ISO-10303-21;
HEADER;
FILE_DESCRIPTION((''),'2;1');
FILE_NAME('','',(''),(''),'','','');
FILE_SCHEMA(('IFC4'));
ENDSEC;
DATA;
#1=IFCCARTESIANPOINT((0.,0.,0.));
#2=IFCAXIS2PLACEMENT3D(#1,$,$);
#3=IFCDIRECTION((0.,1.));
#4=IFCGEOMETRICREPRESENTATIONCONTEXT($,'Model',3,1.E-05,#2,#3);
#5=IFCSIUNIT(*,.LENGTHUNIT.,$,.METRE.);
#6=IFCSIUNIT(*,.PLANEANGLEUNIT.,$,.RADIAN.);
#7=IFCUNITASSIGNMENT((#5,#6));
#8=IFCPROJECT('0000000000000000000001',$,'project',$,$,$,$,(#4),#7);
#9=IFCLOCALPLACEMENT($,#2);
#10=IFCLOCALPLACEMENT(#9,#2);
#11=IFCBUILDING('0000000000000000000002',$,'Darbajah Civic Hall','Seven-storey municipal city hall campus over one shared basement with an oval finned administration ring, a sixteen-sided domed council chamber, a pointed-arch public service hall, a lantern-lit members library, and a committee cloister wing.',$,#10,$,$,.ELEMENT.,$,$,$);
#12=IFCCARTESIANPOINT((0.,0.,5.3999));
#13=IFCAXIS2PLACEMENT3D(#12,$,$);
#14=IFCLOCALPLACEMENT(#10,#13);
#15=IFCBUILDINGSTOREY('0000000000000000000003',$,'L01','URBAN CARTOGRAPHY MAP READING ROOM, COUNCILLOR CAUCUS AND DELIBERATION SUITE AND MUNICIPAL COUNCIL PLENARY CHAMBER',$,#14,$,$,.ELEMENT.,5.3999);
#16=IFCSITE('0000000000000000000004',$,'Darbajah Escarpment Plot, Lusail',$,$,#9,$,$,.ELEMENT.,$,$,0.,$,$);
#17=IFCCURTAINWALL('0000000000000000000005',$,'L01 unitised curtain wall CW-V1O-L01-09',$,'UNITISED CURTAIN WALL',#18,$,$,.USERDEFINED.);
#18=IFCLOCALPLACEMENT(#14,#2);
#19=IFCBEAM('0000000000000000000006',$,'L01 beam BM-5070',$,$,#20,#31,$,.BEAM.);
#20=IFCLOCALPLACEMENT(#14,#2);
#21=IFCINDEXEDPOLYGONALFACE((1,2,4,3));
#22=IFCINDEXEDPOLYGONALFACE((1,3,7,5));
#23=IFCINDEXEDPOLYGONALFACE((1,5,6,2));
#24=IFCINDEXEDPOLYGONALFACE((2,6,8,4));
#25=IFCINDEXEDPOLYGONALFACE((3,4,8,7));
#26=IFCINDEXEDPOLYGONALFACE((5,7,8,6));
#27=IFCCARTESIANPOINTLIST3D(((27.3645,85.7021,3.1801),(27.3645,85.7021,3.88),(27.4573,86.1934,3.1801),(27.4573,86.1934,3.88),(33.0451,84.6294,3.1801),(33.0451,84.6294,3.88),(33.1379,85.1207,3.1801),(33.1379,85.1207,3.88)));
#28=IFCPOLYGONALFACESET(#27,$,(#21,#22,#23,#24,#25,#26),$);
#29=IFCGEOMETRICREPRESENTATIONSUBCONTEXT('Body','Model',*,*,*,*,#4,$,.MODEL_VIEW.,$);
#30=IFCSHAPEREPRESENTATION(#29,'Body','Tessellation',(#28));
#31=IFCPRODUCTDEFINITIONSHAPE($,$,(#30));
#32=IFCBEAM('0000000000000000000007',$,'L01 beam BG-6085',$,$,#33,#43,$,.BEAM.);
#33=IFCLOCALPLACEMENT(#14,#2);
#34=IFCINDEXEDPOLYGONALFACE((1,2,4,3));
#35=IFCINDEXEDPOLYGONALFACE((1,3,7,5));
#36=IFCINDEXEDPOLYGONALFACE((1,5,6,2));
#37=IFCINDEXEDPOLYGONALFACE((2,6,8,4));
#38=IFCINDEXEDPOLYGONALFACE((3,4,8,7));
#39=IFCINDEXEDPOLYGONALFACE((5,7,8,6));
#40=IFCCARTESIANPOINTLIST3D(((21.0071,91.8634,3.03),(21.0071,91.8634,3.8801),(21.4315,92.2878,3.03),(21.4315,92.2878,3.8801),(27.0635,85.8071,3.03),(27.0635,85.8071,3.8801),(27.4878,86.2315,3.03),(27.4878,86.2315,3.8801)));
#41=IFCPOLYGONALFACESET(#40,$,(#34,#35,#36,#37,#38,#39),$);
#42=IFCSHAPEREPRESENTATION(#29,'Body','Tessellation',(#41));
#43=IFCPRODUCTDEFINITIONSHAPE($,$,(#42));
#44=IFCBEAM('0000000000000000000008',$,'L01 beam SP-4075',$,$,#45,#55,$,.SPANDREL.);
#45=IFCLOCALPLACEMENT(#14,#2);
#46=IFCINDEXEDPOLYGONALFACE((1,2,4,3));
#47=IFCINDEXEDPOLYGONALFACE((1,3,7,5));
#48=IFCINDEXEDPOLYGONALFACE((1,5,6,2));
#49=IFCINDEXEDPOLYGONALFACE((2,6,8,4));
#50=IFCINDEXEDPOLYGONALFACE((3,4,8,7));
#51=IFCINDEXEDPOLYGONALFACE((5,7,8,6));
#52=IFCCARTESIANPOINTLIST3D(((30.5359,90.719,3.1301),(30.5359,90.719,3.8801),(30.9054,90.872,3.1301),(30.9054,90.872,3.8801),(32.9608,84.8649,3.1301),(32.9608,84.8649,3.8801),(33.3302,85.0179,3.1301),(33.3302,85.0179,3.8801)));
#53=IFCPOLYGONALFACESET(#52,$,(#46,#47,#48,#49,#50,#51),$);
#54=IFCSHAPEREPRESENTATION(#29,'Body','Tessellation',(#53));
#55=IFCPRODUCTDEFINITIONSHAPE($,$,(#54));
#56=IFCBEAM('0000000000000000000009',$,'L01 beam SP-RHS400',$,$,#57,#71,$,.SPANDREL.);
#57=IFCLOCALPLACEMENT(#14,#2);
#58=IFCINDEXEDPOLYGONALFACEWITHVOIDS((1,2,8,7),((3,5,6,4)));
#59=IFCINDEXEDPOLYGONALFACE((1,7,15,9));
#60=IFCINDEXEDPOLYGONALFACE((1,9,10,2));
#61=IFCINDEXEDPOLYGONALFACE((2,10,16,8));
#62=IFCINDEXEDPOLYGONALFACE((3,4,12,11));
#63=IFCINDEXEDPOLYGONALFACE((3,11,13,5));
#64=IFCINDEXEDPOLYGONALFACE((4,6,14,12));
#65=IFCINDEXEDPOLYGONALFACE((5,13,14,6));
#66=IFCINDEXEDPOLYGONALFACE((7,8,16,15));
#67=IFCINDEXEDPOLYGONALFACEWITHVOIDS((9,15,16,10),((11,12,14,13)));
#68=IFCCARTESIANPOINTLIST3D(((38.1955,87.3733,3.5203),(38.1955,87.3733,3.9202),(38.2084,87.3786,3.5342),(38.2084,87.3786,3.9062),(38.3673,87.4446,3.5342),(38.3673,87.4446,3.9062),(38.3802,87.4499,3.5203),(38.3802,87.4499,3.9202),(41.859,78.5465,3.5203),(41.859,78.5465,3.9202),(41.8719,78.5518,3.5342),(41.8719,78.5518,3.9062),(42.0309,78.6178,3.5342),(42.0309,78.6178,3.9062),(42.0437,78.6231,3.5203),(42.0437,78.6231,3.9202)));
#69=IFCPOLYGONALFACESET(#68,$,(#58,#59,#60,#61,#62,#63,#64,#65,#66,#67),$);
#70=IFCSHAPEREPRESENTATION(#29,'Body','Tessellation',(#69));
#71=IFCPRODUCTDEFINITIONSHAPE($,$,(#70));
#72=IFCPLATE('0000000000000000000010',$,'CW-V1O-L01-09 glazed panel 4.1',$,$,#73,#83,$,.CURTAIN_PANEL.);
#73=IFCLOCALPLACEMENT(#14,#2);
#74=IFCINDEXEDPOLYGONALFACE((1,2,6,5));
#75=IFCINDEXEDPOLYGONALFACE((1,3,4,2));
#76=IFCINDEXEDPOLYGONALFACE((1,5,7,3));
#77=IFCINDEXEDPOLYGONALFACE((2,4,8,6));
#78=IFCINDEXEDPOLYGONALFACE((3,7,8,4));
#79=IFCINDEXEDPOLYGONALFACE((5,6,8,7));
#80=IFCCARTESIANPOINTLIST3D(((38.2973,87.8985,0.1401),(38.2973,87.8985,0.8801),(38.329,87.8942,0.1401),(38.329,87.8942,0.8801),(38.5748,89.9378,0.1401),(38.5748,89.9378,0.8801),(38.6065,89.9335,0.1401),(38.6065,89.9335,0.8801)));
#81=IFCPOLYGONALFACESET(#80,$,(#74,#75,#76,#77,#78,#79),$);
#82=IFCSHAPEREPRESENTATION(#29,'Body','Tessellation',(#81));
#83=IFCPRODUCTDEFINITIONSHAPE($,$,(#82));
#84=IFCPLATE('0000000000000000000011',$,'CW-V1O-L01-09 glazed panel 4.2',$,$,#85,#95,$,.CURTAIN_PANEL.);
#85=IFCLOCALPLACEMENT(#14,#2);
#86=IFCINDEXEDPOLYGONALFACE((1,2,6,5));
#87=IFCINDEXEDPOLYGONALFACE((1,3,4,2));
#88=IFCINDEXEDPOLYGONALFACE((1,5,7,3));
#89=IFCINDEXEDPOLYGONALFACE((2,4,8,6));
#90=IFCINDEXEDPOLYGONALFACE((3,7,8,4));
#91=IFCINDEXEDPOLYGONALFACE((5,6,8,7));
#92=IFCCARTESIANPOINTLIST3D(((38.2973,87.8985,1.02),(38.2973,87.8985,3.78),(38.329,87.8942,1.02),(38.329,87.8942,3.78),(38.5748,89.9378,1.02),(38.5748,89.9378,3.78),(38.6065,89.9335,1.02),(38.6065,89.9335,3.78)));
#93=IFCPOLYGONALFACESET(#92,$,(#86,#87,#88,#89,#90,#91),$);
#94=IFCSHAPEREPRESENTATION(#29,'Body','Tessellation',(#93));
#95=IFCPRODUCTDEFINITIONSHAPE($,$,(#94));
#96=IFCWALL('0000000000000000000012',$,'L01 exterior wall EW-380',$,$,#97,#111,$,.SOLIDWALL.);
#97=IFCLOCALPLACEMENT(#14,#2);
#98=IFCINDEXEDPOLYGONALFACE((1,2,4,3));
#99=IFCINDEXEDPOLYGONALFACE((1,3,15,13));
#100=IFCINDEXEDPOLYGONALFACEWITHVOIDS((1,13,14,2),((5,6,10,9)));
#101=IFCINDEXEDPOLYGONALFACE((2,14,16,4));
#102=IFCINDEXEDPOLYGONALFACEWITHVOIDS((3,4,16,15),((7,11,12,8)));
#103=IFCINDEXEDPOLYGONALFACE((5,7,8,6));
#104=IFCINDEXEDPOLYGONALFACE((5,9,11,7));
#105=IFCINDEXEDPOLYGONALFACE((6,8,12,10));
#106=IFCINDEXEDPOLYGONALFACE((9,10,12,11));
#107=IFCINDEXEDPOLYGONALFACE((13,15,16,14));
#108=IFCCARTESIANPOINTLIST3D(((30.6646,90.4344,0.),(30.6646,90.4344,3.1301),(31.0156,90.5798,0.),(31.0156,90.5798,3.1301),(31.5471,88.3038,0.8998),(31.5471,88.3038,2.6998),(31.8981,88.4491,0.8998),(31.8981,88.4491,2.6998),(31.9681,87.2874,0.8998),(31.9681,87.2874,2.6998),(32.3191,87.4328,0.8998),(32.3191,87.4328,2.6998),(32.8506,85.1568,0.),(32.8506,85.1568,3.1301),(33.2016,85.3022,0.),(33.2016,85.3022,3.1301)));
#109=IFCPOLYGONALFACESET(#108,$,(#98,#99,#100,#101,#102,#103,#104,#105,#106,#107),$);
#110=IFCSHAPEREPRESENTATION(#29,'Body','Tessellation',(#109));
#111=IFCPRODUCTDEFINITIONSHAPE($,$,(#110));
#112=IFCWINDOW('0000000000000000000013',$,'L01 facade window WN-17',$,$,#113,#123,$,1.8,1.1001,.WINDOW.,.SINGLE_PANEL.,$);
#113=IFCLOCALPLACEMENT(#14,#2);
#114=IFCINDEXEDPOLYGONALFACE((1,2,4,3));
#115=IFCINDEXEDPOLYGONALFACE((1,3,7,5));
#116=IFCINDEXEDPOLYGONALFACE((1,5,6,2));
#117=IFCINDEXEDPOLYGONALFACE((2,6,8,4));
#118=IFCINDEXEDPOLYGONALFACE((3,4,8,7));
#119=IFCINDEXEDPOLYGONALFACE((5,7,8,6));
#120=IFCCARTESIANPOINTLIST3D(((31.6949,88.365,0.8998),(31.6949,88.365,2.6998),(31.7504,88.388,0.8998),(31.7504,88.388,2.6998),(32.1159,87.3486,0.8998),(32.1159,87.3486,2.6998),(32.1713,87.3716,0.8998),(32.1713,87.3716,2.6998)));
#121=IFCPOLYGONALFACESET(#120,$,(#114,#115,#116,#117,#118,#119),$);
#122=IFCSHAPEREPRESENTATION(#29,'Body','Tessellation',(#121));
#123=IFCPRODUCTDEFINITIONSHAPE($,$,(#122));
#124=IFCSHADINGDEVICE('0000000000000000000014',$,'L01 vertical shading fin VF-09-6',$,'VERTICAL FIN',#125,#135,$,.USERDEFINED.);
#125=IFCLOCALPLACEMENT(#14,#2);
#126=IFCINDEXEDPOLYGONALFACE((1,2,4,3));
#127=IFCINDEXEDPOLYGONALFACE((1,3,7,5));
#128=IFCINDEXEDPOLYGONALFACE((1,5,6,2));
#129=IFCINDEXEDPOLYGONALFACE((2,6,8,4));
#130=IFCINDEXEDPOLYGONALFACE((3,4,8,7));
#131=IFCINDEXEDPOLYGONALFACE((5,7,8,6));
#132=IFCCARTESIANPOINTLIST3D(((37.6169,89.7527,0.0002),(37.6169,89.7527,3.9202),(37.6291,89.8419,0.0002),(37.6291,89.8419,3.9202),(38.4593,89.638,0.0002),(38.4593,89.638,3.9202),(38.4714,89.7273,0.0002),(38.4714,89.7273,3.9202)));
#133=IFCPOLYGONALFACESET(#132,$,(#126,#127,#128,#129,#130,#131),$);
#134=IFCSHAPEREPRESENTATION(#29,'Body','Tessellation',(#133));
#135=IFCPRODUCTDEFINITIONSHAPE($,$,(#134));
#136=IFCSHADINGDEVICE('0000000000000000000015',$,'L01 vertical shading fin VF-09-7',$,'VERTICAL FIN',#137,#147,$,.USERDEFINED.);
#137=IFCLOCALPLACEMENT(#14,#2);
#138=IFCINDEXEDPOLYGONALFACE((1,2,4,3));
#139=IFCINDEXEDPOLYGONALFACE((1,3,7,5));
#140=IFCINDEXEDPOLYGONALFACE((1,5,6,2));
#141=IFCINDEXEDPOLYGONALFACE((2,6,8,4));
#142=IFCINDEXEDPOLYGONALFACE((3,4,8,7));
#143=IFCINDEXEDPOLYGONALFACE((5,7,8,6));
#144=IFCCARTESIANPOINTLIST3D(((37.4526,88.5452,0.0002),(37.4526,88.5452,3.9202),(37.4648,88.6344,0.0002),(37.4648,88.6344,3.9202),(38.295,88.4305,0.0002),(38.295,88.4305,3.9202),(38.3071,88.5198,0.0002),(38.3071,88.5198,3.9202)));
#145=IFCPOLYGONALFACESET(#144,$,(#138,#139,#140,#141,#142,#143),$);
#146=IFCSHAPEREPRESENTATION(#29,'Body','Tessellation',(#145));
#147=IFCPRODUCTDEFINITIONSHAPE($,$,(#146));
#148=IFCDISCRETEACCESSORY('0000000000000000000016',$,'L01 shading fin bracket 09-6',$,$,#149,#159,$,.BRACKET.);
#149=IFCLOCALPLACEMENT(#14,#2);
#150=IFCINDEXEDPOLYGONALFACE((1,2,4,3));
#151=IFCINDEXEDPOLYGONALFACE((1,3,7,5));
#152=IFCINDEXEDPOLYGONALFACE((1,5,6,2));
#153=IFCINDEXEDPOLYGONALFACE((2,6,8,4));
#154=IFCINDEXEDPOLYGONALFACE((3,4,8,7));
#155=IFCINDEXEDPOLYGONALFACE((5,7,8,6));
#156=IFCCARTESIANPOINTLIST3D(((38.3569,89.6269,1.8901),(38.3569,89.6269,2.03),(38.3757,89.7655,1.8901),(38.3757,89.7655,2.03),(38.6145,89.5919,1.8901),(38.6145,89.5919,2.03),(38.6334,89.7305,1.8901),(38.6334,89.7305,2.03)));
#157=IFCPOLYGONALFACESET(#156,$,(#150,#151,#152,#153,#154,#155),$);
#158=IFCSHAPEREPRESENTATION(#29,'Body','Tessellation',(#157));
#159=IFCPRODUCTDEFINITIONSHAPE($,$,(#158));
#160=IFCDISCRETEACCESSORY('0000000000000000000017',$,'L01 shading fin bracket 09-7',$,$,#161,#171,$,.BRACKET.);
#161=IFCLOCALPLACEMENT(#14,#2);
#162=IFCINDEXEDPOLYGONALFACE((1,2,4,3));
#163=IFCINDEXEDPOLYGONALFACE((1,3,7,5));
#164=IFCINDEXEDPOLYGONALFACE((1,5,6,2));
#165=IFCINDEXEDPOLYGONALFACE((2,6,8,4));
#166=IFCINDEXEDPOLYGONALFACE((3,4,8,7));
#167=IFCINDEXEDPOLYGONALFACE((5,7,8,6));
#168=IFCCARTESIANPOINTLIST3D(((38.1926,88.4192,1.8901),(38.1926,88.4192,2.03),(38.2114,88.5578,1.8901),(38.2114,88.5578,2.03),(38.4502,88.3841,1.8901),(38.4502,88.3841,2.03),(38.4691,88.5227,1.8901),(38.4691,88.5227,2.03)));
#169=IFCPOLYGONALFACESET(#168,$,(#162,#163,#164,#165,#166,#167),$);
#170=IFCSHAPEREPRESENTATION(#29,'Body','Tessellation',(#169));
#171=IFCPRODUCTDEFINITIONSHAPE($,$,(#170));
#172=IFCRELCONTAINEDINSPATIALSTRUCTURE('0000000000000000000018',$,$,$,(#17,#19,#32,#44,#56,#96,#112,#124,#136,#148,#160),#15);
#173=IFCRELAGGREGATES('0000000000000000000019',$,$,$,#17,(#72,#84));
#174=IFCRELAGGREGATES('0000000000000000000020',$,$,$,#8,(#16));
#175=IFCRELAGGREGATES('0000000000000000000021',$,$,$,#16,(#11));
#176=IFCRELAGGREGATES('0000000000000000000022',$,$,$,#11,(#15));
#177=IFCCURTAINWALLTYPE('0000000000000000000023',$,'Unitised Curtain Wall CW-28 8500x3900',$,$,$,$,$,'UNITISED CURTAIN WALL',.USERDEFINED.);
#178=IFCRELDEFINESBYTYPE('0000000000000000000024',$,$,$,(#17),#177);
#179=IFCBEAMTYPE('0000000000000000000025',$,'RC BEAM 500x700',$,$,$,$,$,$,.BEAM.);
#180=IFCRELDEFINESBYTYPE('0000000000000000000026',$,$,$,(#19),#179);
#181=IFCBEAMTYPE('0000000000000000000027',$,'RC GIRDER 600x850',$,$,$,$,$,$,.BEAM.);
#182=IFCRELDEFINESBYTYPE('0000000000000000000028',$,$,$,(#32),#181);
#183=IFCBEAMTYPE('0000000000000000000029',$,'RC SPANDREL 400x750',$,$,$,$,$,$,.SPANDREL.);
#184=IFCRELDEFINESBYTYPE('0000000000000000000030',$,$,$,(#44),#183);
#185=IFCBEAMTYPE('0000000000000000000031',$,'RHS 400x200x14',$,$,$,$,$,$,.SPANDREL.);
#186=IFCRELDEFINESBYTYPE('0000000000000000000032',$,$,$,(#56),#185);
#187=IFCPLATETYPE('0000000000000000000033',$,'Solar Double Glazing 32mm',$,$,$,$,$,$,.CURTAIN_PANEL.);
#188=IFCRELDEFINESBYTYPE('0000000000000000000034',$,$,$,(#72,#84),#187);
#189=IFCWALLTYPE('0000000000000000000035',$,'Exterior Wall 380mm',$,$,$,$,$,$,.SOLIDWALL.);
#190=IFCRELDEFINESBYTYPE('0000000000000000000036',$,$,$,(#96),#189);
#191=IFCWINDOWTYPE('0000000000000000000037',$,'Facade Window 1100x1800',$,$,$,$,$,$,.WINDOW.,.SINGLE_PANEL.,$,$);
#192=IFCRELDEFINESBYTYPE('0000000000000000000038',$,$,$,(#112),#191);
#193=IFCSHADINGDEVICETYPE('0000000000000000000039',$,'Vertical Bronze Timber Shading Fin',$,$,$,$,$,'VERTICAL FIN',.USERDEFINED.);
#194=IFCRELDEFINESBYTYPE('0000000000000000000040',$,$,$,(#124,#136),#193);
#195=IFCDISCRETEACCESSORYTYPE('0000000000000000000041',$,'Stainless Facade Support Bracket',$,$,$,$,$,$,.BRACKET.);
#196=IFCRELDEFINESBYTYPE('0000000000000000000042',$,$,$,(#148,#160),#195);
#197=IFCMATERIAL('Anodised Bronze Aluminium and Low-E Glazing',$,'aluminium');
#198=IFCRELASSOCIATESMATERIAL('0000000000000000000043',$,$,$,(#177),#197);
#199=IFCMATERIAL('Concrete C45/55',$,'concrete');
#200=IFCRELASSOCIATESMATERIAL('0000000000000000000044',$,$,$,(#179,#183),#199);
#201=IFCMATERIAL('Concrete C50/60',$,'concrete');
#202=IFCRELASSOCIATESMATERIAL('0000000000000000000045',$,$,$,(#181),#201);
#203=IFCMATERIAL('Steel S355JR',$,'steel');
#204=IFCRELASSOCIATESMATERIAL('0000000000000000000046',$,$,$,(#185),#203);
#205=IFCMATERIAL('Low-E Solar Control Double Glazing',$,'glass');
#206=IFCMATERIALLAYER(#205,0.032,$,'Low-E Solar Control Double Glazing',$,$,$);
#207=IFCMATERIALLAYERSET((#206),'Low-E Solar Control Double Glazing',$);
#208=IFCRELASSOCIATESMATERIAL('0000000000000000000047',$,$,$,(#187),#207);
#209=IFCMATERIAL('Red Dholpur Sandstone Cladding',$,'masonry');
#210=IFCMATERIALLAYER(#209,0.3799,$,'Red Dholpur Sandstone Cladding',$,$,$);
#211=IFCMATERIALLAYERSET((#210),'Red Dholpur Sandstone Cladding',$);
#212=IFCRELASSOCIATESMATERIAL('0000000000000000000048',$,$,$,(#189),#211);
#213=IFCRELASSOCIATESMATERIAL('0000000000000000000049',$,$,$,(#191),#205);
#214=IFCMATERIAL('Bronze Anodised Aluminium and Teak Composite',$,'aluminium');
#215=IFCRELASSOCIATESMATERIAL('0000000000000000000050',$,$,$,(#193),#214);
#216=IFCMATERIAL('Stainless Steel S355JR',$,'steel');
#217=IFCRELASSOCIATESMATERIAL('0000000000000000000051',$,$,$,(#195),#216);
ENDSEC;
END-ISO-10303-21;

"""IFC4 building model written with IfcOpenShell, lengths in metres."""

from ifc_helpers import new_model, si_unit, direction, frame, frame_2d, origin, origin_2d, place, context, subcontext, project, spatial, rectangle, hollow_rectangle, extrude, material, layer, layer_set, material_profile, profile_set, type_object, element, fill, aggregate, save


model = new_model("IFC4")

# Units and contexts
model_context = context("Model", 3, precision=1e-05, world=origin(), true_north=direction((0.0, 1.0)))
body_context = subcontext(model_context, "Body", "Model", "MODEL_VIEW")
ifc_project = project(units=[si_unit("LENGTHUNIT", "METRE"), si_unit("PLANEANGLEUNIT", "RADIAN")], contexts=[model_context])

# Site, building, storey
site_placement = place(None, origin())
site = spatial("IfcSite", under=ifc_project, at=site_placement, Name="Darbajah Escarpment Plot, Lusail", CompositionType="ELEMENT", RefElevation=0.0)
building_placement = place(site_placement, origin())
building = spatial("IfcBuilding", under=site, at=building_placement, Name="Darbajah Civic Hall", Description="Seven-storey municipal city hall campus over one shared basement with an oval finned administration ring, a sixteen-sided domed council chamber, a pointed-arch public service hall, a lantern-lit members library, and a committee cloister wing.", CompositionType="ELEMENT")
storey_placement = place(building_placement, frame((0.0, 0.0, 5.3999)))
storey = spatial("IfcBuildingStorey", under=building, at=storey_placement, Name="L01", Description="URBAN CARTOGRAPHY MAP READING ROOM, COUNCILLOR CAUCUS AND DELIBERATION SUITE AND MUNICIPAL COUNCIL PLENARY CHAMBER", CompositionType="ELEMENT", Elevation=5.3999)

# Shared definitions
ifc_material_1 = material(Name="Concrete C50/60", Category="concrete")
ifc_material_2 = material(Name="Concrete C45/55", Category="concrete")

# Curtain wall
ifc_material_3 = material(Name="Anodised Bronze Aluminium and Low-E Glazing", Category="aluminium")
curtain_wall_type = type_object("IfcCurtainWallType", Name="Unitised Curtain Wall CW-28 8500x3900", ElementType="UNITISED CURTAIN WALL", PredefinedType="USERDEFINED", material=ifc_material_3)
curtain_wall_placement = place(storey_placement, origin())
curtain_wall = element("IfcCurtainWall", 1, at=curtain_wall_placement, inside=storey, type_object=curtain_wall_type, Name="L01 unitised curtain wall CW-V1O-L01-09", ObjectType="UNITISED CURTAIN WALL", PredefinedType="USERDEFINED")

# Beams
ifc_material_profile_1 = material_profile(ifc_material_2, rectangle(XDim=0.5, YDim=0.7, at=origin_2d()), Name="RC BEAM 500x700")
ifc_profile_set_1 = profile_set([ifc_material_profile_1], Name="Concrete C45/55")
beam_type_1 = type_object("IfcBeamType", Name="RC BEAM 500x700", PredefinedType="BEAM", material=ifc_profile_set_1)
beam_1_placement = place(storey_placement, frame((27.4109, 85.9478, 3.53), z_axis=(0.982632, -0.185563, 0.0), x_axis=(0.185563, 0.982632, 0.0)))
element("IfcBeam", 2, at=beam_1_placement, inside=storey, type_object=beam_type_1, Name="L01 beam BM-5070", PredefinedType="BEAM", context=body_context, shape_type="SweptSolid", body=[
    extrude(rectangle(XDim=0.5, YDim=0.7, at=origin_2d()), origin(), (0.0, 0.0, 1.0), 5.781),
])
ifc_material_profile_2 = material_profile(ifc_material_1, rectangle(XDim=0.6001, YDim=0.8501, at=origin_2d()), Name="RC GIRDER 600x850")
ifc_profile_set_2 = profile_set([ifc_material_profile_2], Name="Concrete C50/60")
beam_type_2 = type_object("IfcBeamType", Name="RC GIRDER 600x850", PredefinedType="BEAM", material=ifc_profile_set_2)
beam_2_placement = place(storey_placement, frame((27.2756, 86.0193, 3.4551), z_axis=(-0.707107, 0.707107, 0.0), x_axis=(-0.707107, -0.707107, 0.0)))
element("IfcBeam", 3, at=beam_2_placement, inside=storey, type_object=beam_type_2, Name="L01 beam BG-6085", PredefinedType="BEAM", context=body_context, shape_type="SweptSolid", body=[
    extrude(rectangle(XDim=0.6001, YDim=0.8501, at=origin_2d()), origin(), (0.0, 0.0, 1.0), 8.5649),
])
ifc_material_profile_3 = material_profile(ifc_material_2, rectangle(XDim=0.3999, YDim=0.75, at=origin_2d()), Name="RC SPANDREL 400x750")
ifc_profile_set_3 = profile_set([ifc_material_profile_3], Name="Concrete C45/55")
beam_type_3 = type_object("IfcBeamType", Name="RC SPANDREL 400x750", PredefinedType="SPANDREL", material=ifc_profile_set_3)
beam_3_placement = place(storey_placement, frame((33.1455, 84.9414, 3.5051), z_axis=(-0.382683, 0.92388, 0.0), x_axis=(-0.92388, -0.382683, 0.0)))
element("IfcBeam", 4, at=beam_3_placement, inside=storey, type_object=beam_type_3, Name="L01 beam SP-4075", PredefinedType="SPANDREL", context=body_context, shape_type="SweptSolid", body=[
    extrude(rectangle(XDim=0.3999, YDim=0.75, at=origin_2d()), origin(), (0.0, 0.0, 1.0), 6.3364),
])
ifc_material_4 = material(Name="Steel S355JR", Category="steel")
ifc_material_profile_4 = material_profile(ifc_material_4, hollow_rectangle(XDim=0.2, YDim=0.3999, WallThickness=0.0139, at=origin_2d()), Name="RHS 400x200x14")
ifc_profile_set_4 = profile_set([ifc_material_profile_4], Name="Steel S355JR")
beam_type_4 = type_object("IfcBeamType", Name="RHS 400x200x14", PredefinedType="SPANDREL", material=ifc_profile_set_4)
beam_4_placement = place(storey_placement, frame((38.2878, 87.4116, 3.7202), z_axis=(0.38334, -0.923607, 0.0), x_axis=(0.923607, 0.38334, 0.0)))
element("IfcBeam", 5, at=beam_4_placement, inside=storey, type_object=beam_type_4, Name="L01 beam SP-RHS400", PredefinedType="SPANDREL", context=body_context, shape_type="SweptSolid", body=[
    extrude(hollow_rectangle(XDim=0.2, YDim=0.3999, WallThickness=0.0139, at=origin_2d()), origin(), (0.0, 0.0, 1.0), 9.5569),
])

# Plates
ifc_material_5 = material(Name="Low-E Solar Control Double Glazing", Category="glass")
ifc_layer_1 = layer(ifc_material_5, 0.032, Name="Low-E Solar Control Double Glazing")
ifc_layer_set_1 = layer_set([ifc_layer_1], Name="Low-E Solar Control Double Glazing")
plate_type = type_object("IfcPlateType", Name="Solar Double Glazing 32mm", PredefinedType="CURTAIN_PANEL", material=ifc_layer_set_1)
plate_1_placement = place(storey_placement, frame((38.4519, 88.916, 0.1401), z_axis=(0.0, 0.0, 1.0), x_axis=(-0.134851, -0.990866, 0.0)))
plate_1 = element("IfcPlate", 6, at=plate_1_placement, type_object=plate_type, Name="CW-V1O-L01-09 glazed panel 4.1", PredefinedType="CURTAIN_PANEL", context=body_context, shape_type="SweptSolid", body=[
    extrude(rectangle(XDim=2.0581, YDim=0.032, at=origin_2d()), origin(), (0.0, 0.0, 1.0), 0.74),
])
plate_2_placement = place(storey_placement, frame((38.4519, 88.916, 1.02), z_axis=(0.0, 0.0, 1.0), x_axis=(-0.134851, -0.990866, 0.0)))
plate_2 = element("IfcPlate", 7, at=plate_2_placement, type_object=plate_type, Name="CW-V1O-L01-09 glazed panel 4.2", PredefinedType="CURTAIN_PANEL", context=body_context, shape_type="SweptSolid", body=[
    extrude(rectangle(XDim=2.0581, YDim=0.032, at=origin_2d()), origin(), (0.0, 0.0, 1.0), 2.76),
])
aggregate(curtain_wall, [plate_1, plate_2])

# Wall, opening, window
ifc_material_6 = material(Name="Red Dholpur Sandstone Cladding", Category="masonry")
ifc_layer_2 = layer(ifc_material_6, 0.3799, Name="Red Dholpur Sandstone Cladding")
ifc_layer_set_2 = layer_set([ifc_layer_2], Name="Red Dholpur Sandstone Cladding")
wall_type = type_object("IfcWallType", Name="Exterior Wall 380mm", PredefinedType="SOLIDWALL", material=ifc_layer_set_2)
wall_placement = place(storey_placement, frame((33.0261, 85.2295, 0.0), z_axis=(0.0, 0.0, 1.0), x_axis=(-0.382681, 0.92388, 0.0)))
wall = element("IfcWall", 8, at=wall_placement, inside=storey, type_object=wall_type, Name="L01 exterior wall EW-380", PredefinedType="SOLIDWALL", context=body_context, shape_type="SweptSolid", body=[
    extrude(rectangle(XDim=5.7124, YDim=0.3799, at=frame_2d((2.8562, 0.0))), origin(), (0.0, 0.0, 1.0), 3.1301),
])
opening_placement = place(wall_placement, frame((2.3062, 0.0, 0.8999)))
opening = element("IfcOpeningElement", 9, at=opening_placement, cuts=wall, PredefinedType="OPENING", context=body_context, shape_type="SweptSolid", body=[
    extrude(rectangle(XDim=1.1001, YDim=1.8, at=frame_2d((0.55, 0.8999))), frame((0.0, 0.2, 0.0), z_axis=(0.0, -1.0, 0.0), x_axis=(1.0, 0.0, 0.0)), (0.0, 0.0, 1.0), 0.3999),
])
window_type = type_object("IfcWindowType", Name="Facade Window 1100x1800", PartitioningType="SINGLE_PANEL", PredefinedType="WINDOW", material=ifc_material_5)
window_placement = place(opening_placement, origin())
window = element("IfcWindow", 10, at=window_placement, inside=storey, type_object=window_type, Name="L01 facade window WN-17", OverallHeight=1.8, OverallWidth=1.1001, PartitioningType="SINGLE_PANEL", PredefinedType="WINDOW", context=body_context, shape_type="SweptSolid", body=[
    extrude(rectangle(XDim=1.1001, YDim=1.8, at=frame_2d((0.55, 0.8999))), frame((0.0, 0.03, 0.0), z_axis=(0.0, -1.0, 0.0), x_axis=(1.0, 0.0, 0.0)), (0.0, 0.0, 1.0), 0.0601),
])
fill(opening, window)

# Shading devices
ifc_material_7 = material(Name="Bronze Anodised Aluminium and Teak Composite", Category="aluminium")
shading_device_type = type_object("IfcShadingDeviceType", Name="Vertical Bronze Timber Shading Fin", ElementType="VERTICAL FIN", PredefinedType="USERDEFINED", material=ifc_material_7)
for number, where, z_axis, x_axis, name in (
    (11, (38.0442, 89.74, 0.0002), (0.0, 0.0, 1.0), (-0.990866, 0.134851, 0.0), "L01 vertical shading fin VF-09-6"),
    (12, (37.8799, 88.5325, 0.0002), (0.0, 0.0, 1.0), (-0.990866, 0.134851, 0.0), "L01 vertical shading fin VF-09-7"),
):
    element("IfcShadingDevice", number, at=place(storey_placement, frame(where, z_axis=z_axis, x_axis=x_axis)), inside=storey, type_object=shading_device_type, Name=name, ObjectType="VERTICAL FIN", PredefinedType="USERDEFINED", context=body_context, shape_type="SweptSolid", body=[
        extrude(rectangle(XDim=0.8501, YDim=0.0901, at=origin_2d()), origin(), (0.0, 0.0, 1.0), 3.9199),
    ])

# Discrete accessories
ifc_material_8 = material(Name="Stainless Steel S355JR", Category="steel")
discrete_accessory_type = type_object("IfcDiscreteAccessoryType", Name="Stainless Facade Support Bracket", PredefinedType="BRACKET", material=ifc_material_8)
for number, where, z_axis, x_axis, name in (
    (13, (38.4951, 89.6787, 1.8901), (0.0, 0.0, 1.0), (-0.990866, 0.134851, 0.0), "L01 shading fin bracket 09-6"),
    (14, (38.3308, 88.4709, 1.8901), (0.0, 0.0, 1.0), (-0.990866, 0.134851, 0.0), "L01 shading fin bracket 09-7"),
):
    element("IfcDiscreteAccessory", number, at=place(storey_placement, frame(where, z_axis=z_axis, x_axis=x_axis)), inside=storey, type_object=discrete_accessory_type, Name=name, PredefinedType="BRACKET", context=body_context, shape_type="SweptSolid", body=[
        extrude(rectangle(XDim=0.26, YDim=0.1399, at=origin_2d()), origin(), (0.0, 0.0, 1.0), 0.1399),
    ])

save(model, "model.ifc")
